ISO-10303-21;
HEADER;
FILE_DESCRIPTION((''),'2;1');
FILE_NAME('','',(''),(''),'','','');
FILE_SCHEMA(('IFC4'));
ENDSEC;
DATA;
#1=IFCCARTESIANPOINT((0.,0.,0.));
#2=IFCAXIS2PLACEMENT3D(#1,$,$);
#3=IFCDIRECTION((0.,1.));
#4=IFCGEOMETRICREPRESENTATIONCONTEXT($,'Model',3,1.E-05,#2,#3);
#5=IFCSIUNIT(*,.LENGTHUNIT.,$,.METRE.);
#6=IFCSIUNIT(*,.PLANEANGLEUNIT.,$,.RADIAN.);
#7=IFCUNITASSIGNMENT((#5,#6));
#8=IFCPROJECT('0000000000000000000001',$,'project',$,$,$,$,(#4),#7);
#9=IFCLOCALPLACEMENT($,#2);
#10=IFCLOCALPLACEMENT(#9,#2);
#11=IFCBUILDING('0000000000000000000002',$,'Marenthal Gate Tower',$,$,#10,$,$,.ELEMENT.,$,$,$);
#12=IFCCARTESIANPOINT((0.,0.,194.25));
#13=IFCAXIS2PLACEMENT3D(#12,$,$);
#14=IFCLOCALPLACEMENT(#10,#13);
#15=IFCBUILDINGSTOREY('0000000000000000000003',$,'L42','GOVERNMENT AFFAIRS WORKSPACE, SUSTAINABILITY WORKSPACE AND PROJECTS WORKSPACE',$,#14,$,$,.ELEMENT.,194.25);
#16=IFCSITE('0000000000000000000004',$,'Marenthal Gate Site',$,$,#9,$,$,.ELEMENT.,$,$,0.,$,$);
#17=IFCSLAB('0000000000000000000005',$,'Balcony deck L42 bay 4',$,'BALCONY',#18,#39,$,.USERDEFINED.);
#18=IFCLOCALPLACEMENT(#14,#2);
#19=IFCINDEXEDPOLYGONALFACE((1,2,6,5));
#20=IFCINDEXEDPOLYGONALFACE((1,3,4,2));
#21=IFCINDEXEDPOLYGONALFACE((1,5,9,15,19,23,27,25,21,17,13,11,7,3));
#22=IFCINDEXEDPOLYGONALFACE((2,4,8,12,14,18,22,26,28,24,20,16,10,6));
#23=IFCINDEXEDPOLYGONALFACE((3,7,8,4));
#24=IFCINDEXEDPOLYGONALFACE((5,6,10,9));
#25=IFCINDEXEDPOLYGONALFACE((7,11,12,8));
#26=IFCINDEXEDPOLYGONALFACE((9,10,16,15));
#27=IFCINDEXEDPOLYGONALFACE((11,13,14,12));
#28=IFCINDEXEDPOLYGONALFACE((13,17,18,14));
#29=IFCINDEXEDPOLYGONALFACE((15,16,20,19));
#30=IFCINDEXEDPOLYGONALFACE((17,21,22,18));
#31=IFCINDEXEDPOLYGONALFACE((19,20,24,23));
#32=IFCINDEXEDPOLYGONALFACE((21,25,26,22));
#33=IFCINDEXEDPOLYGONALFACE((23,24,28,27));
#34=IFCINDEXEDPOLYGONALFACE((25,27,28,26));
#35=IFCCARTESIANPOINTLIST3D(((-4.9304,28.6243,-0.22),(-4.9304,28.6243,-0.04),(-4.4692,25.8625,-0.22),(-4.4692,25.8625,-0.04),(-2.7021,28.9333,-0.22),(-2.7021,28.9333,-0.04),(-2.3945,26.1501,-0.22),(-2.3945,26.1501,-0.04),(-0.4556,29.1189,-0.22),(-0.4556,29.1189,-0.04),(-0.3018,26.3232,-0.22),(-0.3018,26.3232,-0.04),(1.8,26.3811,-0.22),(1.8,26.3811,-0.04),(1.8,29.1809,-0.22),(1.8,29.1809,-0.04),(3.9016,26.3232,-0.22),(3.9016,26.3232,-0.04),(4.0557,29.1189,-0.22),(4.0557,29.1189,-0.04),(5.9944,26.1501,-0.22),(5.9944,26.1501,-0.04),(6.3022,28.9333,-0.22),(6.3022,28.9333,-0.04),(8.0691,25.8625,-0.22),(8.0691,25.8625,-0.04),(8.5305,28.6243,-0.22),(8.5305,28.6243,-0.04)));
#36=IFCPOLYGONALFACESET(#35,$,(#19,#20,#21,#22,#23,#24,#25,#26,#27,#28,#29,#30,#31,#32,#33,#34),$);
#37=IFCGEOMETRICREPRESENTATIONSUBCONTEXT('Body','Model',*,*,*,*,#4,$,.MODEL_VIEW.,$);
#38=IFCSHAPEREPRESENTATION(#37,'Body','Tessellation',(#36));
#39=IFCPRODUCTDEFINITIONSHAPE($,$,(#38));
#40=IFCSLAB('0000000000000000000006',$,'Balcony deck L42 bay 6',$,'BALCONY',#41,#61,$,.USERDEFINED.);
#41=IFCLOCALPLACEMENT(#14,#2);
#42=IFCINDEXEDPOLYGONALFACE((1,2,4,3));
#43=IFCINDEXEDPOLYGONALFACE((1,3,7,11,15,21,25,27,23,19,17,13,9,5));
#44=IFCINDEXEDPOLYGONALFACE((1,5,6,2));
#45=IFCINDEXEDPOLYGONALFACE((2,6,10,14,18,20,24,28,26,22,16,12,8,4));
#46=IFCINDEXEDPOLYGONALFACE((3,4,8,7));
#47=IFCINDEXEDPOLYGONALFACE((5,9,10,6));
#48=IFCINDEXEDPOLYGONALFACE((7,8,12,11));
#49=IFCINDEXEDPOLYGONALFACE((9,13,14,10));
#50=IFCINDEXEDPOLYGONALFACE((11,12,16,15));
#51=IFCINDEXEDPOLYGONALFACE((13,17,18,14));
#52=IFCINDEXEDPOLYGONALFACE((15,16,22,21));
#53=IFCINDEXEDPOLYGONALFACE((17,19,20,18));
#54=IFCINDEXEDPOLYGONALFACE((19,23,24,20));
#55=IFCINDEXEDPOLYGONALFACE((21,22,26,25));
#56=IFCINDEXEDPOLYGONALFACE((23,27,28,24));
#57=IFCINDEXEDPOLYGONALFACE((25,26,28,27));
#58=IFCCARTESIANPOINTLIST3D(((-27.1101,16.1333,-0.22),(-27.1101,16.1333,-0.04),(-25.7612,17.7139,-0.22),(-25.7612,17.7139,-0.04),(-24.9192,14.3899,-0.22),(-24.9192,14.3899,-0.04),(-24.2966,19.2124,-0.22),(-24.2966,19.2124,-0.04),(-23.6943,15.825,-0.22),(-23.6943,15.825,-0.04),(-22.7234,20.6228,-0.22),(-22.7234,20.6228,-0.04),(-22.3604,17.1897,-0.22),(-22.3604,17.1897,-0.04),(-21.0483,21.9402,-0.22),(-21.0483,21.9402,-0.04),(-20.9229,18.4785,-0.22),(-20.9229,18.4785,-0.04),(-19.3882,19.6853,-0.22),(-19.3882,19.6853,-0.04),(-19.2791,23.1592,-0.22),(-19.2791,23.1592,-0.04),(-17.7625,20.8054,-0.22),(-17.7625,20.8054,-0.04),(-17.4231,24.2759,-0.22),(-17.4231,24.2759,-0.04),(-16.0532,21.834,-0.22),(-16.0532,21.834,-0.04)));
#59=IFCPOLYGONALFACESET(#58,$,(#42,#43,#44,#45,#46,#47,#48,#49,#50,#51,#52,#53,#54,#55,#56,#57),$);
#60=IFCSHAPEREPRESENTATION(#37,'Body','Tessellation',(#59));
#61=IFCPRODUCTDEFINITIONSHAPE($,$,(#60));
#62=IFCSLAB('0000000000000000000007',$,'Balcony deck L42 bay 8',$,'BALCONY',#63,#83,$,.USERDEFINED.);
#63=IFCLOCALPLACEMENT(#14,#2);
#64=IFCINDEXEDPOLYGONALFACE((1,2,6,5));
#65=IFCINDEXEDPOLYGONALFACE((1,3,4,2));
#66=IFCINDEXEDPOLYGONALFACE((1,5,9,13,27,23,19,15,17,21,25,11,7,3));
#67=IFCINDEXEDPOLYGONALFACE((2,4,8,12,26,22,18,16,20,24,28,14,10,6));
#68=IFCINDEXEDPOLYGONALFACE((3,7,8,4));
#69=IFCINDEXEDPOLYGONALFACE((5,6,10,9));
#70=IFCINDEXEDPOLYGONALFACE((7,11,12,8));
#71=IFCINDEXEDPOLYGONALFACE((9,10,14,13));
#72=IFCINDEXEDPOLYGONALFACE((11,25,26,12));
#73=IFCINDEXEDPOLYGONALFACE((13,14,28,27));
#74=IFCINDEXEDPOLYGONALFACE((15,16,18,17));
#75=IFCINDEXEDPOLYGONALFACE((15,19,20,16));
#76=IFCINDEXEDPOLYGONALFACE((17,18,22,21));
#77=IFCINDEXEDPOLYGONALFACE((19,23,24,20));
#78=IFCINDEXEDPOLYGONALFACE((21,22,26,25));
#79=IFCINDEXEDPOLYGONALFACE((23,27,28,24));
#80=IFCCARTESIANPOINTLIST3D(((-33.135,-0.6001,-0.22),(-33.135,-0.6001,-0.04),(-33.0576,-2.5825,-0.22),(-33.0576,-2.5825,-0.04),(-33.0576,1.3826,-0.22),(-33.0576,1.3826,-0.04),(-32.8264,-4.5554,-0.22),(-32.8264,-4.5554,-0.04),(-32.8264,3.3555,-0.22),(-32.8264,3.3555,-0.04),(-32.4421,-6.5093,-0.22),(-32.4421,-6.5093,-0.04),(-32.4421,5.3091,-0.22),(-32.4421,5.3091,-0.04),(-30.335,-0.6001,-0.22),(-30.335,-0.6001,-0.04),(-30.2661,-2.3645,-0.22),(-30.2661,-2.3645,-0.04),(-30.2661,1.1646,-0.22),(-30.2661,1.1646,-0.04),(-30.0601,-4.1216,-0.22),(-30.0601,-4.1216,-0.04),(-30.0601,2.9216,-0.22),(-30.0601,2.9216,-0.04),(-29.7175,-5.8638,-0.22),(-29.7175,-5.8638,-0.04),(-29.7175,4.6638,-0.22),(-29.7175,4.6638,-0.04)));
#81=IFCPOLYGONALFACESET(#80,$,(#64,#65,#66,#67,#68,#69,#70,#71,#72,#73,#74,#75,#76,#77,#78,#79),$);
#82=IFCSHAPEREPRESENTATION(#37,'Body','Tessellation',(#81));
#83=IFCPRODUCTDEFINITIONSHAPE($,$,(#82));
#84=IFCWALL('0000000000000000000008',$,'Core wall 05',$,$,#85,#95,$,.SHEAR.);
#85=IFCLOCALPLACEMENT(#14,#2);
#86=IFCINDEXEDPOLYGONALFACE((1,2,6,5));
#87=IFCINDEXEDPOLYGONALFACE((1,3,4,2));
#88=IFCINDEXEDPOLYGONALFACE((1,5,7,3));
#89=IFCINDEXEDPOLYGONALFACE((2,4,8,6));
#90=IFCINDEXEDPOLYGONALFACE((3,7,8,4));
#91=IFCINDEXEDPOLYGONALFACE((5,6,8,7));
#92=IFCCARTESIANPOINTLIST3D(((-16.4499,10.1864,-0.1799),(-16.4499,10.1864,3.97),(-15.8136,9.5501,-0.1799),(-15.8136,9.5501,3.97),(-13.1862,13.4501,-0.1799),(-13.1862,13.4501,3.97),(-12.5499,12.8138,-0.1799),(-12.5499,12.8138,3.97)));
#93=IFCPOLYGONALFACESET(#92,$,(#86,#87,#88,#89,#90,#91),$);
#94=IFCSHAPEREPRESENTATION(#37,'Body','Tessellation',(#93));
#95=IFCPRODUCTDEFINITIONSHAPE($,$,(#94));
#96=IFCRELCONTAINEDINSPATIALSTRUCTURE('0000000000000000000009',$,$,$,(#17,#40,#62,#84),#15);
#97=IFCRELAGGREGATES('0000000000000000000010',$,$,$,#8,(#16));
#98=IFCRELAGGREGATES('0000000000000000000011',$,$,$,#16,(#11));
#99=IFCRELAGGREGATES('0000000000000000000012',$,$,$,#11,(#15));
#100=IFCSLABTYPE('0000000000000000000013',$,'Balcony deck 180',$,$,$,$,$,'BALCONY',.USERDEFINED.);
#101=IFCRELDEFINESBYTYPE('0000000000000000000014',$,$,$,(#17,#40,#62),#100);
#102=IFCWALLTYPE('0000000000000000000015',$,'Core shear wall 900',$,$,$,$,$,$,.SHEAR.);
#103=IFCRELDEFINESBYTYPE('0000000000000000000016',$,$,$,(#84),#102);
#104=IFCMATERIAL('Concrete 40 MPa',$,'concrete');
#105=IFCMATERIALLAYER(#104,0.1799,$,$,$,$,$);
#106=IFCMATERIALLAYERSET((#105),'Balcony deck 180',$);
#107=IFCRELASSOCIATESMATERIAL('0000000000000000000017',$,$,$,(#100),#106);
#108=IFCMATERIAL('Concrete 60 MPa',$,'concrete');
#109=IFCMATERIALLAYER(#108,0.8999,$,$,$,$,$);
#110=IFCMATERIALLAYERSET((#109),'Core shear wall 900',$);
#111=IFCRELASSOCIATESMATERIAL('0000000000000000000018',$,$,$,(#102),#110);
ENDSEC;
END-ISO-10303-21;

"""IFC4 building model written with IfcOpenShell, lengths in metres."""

from ifc_helpers import new_model, si_unit, direction, frame, frame_2d, origin, place, context, subcontext, project, spatial, polyline, rectangle, outline, extrude, material, layer, layer_set, type_object, element, save


model = new_model("IFC4")

# Units and contexts
model_context = context("Model", 3, precision=1e-05, world=origin(), true_north=direction((0.0, 1.0)))
body_context = subcontext(model_context, "Body", "Model", "MODEL_VIEW")
ifc_project = project(units=[si_unit("LENGTHUNIT", "METRE"), si_unit("PLANEANGLEUNIT", "RADIAN")], contexts=[model_context])

# Site, building, storey
site_placement = place(None, origin())
site = spatial("IfcSite", under=ifc_project, at=site_placement, Name="Marenthal Gate Site", CompositionType="ELEMENT", RefElevation=0.0)
building_placement = place(site_placement, origin())
building = spatial("IfcBuilding", under=site, at=building_placement, Name="Marenthal Gate Tower", CompositionType="ELEMENT")
storey_placement = place(building_placement, frame((0.0, 0.0, 194.25)))
storey = spatial("IfcBuildingStorey", under=building, at=storey_placement, Name="L42", Description="GOVERNMENT AFFAIRS WORKSPACE, SUSTAINABILITY WORKSPACE AND PROJECTS WORKSPACE", CompositionType="ELEMENT", Elevation=194.25)

# Slabs
ifc_material_1 = material(Name="Concrete 40 MPa", Category="concrete")
ifc_layer_1 = layer(ifc_material_1, 0.1799)
ifc_layer_set_1 = layer_set([ifc_layer_1], Name="Balcony deck 180")
slab_type = type_object("IfcSlabType", Name="Balcony deck 180", ElementType="BALCONY", PredefinedType="USERDEFINED", material=ifc_layer_set_1)
slab_1_placement = place(storey_placement, frame((0.0, 0.0, -0.22)))
element("IfcSlab", 1, at=slab_1_placement, inside=storey, type_object=slab_type, Name="Balcony deck L42 bay 4", ObjectType="BALCONY", PredefinedType="USERDEFINED", context=body_context, shape_type="SweptSolid", body=[
    extrude(outline(polyline([(8.0691, 25.8625), (5.9944, 26.1501), (3.9016, 26.3232), (1.8, 26.3811), (-0.3018, 26.3232), (-2.3945, 26.1501), (-4.4692, 25.8625), (-4.9304, 28.6243), (-2.7021, 28.9333), (-0.4556, 29.1189), (1.8, 29.1809), (4.0557, 29.1189), (6.3022, 28.9333), (8.5305, 28.6243), (8.0691, 25.8625)])), origin(), (0.0, 0.0, 1.0), 0.1799),
])
slab_2_placement = place(storey_placement, frame((0.0, 0.0, -0.22)))
element("IfcSlab", 2, at=slab_2_placement, inside=storey, type_object=slab_type, Name="Balcony deck L42 bay 6", ObjectType="BALCONY", PredefinedType="USERDEFINED", context=body_context, shape_type="SweptSolid", body=[
    extrude(outline(polyline([(-16.0532, 21.834), (-17.7625, 20.8054), (-19.3882, 19.6853), (-20.9229, 18.4785), (-22.3604, 17.1897), (-23.6943, 15.825), (-24.9192, 14.3899), (-27.1101, 16.1333), (-25.7612, 17.7139), (-24.2966, 19.2124), (-22.7234, 20.6228), (-21.0483, 21.9402), (-19.2791, 23.1592), (-17.4231, 24.2759), (-16.0532, 21.834)])), origin(), (0.0, 0.0, 1.0), 0.1799),
])
slab_3_placement = place(storey_placement, frame((0.0, 0.0, -0.22)))
element("IfcSlab", 3, at=slab_3_placement, inside=storey, type_object=slab_type, Name="Balcony deck L42 bay 8", ObjectType="BALCONY", PredefinedType="USERDEFINED", context=body_context, shape_type="SweptSolid", body=[
    extrude(outline(polyline([(-29.7175, 4.6638), (-30.0601, 2.9216), (-30.2661, 1.1646), (-30.335, -0.6001), (-30.2661, -2.3645), (-30.0601, -4.1216), (-29.7175, -5.8638), (-32.4421, -6.5093), (-32.8264, -4.5554), (-33.0576, -2.5825), (-33.135, -0.6001), (-33.0576, 1.3826), (-32.8264, 3.3555), (-32.4421, 5.3091), (-29.7175, 4.6638)])), origin(), (0.0, 0.0, 1.0), 0.1799),
])

# Wall
ifc_material_2 = material(Name="Concrete 60 MPa", Category="concrete")
ifc_layer_2 = layer(ifc_material_2, 0.8999)
ifc_layer_set_2 = layer_set([ifc_layer_2], Name="Core shear wall 900")
wall_type_1 = type_object("IfcWallType", Name="Core shear wall 900", PredefinedType="SHEAR", material=ifc_layer_set_2)
wall_1_placement = place(storey_placement, frame((-12.8682, 13.1318, -0.1799), z_axis=(0.0, 0.0, 1.0), x_axis=(-0.707107, -0.707107, 0.0)))
element("IfcWall", 4, at=wall_1_placement, inside=storey, type_object=wall_type_1, Name="Core wall 05", PredefinedType="SHEAR", context=body_context, shape_type="SweptSolid", body=[
    extrude(rectangle(XDim=4.6155, YDim=0.8999, at=frame_2d((2.3076, 0.0))), origin(), (0.0, 0.0, 1.0), 4.1499),
])

save(model, "model.ifc")
